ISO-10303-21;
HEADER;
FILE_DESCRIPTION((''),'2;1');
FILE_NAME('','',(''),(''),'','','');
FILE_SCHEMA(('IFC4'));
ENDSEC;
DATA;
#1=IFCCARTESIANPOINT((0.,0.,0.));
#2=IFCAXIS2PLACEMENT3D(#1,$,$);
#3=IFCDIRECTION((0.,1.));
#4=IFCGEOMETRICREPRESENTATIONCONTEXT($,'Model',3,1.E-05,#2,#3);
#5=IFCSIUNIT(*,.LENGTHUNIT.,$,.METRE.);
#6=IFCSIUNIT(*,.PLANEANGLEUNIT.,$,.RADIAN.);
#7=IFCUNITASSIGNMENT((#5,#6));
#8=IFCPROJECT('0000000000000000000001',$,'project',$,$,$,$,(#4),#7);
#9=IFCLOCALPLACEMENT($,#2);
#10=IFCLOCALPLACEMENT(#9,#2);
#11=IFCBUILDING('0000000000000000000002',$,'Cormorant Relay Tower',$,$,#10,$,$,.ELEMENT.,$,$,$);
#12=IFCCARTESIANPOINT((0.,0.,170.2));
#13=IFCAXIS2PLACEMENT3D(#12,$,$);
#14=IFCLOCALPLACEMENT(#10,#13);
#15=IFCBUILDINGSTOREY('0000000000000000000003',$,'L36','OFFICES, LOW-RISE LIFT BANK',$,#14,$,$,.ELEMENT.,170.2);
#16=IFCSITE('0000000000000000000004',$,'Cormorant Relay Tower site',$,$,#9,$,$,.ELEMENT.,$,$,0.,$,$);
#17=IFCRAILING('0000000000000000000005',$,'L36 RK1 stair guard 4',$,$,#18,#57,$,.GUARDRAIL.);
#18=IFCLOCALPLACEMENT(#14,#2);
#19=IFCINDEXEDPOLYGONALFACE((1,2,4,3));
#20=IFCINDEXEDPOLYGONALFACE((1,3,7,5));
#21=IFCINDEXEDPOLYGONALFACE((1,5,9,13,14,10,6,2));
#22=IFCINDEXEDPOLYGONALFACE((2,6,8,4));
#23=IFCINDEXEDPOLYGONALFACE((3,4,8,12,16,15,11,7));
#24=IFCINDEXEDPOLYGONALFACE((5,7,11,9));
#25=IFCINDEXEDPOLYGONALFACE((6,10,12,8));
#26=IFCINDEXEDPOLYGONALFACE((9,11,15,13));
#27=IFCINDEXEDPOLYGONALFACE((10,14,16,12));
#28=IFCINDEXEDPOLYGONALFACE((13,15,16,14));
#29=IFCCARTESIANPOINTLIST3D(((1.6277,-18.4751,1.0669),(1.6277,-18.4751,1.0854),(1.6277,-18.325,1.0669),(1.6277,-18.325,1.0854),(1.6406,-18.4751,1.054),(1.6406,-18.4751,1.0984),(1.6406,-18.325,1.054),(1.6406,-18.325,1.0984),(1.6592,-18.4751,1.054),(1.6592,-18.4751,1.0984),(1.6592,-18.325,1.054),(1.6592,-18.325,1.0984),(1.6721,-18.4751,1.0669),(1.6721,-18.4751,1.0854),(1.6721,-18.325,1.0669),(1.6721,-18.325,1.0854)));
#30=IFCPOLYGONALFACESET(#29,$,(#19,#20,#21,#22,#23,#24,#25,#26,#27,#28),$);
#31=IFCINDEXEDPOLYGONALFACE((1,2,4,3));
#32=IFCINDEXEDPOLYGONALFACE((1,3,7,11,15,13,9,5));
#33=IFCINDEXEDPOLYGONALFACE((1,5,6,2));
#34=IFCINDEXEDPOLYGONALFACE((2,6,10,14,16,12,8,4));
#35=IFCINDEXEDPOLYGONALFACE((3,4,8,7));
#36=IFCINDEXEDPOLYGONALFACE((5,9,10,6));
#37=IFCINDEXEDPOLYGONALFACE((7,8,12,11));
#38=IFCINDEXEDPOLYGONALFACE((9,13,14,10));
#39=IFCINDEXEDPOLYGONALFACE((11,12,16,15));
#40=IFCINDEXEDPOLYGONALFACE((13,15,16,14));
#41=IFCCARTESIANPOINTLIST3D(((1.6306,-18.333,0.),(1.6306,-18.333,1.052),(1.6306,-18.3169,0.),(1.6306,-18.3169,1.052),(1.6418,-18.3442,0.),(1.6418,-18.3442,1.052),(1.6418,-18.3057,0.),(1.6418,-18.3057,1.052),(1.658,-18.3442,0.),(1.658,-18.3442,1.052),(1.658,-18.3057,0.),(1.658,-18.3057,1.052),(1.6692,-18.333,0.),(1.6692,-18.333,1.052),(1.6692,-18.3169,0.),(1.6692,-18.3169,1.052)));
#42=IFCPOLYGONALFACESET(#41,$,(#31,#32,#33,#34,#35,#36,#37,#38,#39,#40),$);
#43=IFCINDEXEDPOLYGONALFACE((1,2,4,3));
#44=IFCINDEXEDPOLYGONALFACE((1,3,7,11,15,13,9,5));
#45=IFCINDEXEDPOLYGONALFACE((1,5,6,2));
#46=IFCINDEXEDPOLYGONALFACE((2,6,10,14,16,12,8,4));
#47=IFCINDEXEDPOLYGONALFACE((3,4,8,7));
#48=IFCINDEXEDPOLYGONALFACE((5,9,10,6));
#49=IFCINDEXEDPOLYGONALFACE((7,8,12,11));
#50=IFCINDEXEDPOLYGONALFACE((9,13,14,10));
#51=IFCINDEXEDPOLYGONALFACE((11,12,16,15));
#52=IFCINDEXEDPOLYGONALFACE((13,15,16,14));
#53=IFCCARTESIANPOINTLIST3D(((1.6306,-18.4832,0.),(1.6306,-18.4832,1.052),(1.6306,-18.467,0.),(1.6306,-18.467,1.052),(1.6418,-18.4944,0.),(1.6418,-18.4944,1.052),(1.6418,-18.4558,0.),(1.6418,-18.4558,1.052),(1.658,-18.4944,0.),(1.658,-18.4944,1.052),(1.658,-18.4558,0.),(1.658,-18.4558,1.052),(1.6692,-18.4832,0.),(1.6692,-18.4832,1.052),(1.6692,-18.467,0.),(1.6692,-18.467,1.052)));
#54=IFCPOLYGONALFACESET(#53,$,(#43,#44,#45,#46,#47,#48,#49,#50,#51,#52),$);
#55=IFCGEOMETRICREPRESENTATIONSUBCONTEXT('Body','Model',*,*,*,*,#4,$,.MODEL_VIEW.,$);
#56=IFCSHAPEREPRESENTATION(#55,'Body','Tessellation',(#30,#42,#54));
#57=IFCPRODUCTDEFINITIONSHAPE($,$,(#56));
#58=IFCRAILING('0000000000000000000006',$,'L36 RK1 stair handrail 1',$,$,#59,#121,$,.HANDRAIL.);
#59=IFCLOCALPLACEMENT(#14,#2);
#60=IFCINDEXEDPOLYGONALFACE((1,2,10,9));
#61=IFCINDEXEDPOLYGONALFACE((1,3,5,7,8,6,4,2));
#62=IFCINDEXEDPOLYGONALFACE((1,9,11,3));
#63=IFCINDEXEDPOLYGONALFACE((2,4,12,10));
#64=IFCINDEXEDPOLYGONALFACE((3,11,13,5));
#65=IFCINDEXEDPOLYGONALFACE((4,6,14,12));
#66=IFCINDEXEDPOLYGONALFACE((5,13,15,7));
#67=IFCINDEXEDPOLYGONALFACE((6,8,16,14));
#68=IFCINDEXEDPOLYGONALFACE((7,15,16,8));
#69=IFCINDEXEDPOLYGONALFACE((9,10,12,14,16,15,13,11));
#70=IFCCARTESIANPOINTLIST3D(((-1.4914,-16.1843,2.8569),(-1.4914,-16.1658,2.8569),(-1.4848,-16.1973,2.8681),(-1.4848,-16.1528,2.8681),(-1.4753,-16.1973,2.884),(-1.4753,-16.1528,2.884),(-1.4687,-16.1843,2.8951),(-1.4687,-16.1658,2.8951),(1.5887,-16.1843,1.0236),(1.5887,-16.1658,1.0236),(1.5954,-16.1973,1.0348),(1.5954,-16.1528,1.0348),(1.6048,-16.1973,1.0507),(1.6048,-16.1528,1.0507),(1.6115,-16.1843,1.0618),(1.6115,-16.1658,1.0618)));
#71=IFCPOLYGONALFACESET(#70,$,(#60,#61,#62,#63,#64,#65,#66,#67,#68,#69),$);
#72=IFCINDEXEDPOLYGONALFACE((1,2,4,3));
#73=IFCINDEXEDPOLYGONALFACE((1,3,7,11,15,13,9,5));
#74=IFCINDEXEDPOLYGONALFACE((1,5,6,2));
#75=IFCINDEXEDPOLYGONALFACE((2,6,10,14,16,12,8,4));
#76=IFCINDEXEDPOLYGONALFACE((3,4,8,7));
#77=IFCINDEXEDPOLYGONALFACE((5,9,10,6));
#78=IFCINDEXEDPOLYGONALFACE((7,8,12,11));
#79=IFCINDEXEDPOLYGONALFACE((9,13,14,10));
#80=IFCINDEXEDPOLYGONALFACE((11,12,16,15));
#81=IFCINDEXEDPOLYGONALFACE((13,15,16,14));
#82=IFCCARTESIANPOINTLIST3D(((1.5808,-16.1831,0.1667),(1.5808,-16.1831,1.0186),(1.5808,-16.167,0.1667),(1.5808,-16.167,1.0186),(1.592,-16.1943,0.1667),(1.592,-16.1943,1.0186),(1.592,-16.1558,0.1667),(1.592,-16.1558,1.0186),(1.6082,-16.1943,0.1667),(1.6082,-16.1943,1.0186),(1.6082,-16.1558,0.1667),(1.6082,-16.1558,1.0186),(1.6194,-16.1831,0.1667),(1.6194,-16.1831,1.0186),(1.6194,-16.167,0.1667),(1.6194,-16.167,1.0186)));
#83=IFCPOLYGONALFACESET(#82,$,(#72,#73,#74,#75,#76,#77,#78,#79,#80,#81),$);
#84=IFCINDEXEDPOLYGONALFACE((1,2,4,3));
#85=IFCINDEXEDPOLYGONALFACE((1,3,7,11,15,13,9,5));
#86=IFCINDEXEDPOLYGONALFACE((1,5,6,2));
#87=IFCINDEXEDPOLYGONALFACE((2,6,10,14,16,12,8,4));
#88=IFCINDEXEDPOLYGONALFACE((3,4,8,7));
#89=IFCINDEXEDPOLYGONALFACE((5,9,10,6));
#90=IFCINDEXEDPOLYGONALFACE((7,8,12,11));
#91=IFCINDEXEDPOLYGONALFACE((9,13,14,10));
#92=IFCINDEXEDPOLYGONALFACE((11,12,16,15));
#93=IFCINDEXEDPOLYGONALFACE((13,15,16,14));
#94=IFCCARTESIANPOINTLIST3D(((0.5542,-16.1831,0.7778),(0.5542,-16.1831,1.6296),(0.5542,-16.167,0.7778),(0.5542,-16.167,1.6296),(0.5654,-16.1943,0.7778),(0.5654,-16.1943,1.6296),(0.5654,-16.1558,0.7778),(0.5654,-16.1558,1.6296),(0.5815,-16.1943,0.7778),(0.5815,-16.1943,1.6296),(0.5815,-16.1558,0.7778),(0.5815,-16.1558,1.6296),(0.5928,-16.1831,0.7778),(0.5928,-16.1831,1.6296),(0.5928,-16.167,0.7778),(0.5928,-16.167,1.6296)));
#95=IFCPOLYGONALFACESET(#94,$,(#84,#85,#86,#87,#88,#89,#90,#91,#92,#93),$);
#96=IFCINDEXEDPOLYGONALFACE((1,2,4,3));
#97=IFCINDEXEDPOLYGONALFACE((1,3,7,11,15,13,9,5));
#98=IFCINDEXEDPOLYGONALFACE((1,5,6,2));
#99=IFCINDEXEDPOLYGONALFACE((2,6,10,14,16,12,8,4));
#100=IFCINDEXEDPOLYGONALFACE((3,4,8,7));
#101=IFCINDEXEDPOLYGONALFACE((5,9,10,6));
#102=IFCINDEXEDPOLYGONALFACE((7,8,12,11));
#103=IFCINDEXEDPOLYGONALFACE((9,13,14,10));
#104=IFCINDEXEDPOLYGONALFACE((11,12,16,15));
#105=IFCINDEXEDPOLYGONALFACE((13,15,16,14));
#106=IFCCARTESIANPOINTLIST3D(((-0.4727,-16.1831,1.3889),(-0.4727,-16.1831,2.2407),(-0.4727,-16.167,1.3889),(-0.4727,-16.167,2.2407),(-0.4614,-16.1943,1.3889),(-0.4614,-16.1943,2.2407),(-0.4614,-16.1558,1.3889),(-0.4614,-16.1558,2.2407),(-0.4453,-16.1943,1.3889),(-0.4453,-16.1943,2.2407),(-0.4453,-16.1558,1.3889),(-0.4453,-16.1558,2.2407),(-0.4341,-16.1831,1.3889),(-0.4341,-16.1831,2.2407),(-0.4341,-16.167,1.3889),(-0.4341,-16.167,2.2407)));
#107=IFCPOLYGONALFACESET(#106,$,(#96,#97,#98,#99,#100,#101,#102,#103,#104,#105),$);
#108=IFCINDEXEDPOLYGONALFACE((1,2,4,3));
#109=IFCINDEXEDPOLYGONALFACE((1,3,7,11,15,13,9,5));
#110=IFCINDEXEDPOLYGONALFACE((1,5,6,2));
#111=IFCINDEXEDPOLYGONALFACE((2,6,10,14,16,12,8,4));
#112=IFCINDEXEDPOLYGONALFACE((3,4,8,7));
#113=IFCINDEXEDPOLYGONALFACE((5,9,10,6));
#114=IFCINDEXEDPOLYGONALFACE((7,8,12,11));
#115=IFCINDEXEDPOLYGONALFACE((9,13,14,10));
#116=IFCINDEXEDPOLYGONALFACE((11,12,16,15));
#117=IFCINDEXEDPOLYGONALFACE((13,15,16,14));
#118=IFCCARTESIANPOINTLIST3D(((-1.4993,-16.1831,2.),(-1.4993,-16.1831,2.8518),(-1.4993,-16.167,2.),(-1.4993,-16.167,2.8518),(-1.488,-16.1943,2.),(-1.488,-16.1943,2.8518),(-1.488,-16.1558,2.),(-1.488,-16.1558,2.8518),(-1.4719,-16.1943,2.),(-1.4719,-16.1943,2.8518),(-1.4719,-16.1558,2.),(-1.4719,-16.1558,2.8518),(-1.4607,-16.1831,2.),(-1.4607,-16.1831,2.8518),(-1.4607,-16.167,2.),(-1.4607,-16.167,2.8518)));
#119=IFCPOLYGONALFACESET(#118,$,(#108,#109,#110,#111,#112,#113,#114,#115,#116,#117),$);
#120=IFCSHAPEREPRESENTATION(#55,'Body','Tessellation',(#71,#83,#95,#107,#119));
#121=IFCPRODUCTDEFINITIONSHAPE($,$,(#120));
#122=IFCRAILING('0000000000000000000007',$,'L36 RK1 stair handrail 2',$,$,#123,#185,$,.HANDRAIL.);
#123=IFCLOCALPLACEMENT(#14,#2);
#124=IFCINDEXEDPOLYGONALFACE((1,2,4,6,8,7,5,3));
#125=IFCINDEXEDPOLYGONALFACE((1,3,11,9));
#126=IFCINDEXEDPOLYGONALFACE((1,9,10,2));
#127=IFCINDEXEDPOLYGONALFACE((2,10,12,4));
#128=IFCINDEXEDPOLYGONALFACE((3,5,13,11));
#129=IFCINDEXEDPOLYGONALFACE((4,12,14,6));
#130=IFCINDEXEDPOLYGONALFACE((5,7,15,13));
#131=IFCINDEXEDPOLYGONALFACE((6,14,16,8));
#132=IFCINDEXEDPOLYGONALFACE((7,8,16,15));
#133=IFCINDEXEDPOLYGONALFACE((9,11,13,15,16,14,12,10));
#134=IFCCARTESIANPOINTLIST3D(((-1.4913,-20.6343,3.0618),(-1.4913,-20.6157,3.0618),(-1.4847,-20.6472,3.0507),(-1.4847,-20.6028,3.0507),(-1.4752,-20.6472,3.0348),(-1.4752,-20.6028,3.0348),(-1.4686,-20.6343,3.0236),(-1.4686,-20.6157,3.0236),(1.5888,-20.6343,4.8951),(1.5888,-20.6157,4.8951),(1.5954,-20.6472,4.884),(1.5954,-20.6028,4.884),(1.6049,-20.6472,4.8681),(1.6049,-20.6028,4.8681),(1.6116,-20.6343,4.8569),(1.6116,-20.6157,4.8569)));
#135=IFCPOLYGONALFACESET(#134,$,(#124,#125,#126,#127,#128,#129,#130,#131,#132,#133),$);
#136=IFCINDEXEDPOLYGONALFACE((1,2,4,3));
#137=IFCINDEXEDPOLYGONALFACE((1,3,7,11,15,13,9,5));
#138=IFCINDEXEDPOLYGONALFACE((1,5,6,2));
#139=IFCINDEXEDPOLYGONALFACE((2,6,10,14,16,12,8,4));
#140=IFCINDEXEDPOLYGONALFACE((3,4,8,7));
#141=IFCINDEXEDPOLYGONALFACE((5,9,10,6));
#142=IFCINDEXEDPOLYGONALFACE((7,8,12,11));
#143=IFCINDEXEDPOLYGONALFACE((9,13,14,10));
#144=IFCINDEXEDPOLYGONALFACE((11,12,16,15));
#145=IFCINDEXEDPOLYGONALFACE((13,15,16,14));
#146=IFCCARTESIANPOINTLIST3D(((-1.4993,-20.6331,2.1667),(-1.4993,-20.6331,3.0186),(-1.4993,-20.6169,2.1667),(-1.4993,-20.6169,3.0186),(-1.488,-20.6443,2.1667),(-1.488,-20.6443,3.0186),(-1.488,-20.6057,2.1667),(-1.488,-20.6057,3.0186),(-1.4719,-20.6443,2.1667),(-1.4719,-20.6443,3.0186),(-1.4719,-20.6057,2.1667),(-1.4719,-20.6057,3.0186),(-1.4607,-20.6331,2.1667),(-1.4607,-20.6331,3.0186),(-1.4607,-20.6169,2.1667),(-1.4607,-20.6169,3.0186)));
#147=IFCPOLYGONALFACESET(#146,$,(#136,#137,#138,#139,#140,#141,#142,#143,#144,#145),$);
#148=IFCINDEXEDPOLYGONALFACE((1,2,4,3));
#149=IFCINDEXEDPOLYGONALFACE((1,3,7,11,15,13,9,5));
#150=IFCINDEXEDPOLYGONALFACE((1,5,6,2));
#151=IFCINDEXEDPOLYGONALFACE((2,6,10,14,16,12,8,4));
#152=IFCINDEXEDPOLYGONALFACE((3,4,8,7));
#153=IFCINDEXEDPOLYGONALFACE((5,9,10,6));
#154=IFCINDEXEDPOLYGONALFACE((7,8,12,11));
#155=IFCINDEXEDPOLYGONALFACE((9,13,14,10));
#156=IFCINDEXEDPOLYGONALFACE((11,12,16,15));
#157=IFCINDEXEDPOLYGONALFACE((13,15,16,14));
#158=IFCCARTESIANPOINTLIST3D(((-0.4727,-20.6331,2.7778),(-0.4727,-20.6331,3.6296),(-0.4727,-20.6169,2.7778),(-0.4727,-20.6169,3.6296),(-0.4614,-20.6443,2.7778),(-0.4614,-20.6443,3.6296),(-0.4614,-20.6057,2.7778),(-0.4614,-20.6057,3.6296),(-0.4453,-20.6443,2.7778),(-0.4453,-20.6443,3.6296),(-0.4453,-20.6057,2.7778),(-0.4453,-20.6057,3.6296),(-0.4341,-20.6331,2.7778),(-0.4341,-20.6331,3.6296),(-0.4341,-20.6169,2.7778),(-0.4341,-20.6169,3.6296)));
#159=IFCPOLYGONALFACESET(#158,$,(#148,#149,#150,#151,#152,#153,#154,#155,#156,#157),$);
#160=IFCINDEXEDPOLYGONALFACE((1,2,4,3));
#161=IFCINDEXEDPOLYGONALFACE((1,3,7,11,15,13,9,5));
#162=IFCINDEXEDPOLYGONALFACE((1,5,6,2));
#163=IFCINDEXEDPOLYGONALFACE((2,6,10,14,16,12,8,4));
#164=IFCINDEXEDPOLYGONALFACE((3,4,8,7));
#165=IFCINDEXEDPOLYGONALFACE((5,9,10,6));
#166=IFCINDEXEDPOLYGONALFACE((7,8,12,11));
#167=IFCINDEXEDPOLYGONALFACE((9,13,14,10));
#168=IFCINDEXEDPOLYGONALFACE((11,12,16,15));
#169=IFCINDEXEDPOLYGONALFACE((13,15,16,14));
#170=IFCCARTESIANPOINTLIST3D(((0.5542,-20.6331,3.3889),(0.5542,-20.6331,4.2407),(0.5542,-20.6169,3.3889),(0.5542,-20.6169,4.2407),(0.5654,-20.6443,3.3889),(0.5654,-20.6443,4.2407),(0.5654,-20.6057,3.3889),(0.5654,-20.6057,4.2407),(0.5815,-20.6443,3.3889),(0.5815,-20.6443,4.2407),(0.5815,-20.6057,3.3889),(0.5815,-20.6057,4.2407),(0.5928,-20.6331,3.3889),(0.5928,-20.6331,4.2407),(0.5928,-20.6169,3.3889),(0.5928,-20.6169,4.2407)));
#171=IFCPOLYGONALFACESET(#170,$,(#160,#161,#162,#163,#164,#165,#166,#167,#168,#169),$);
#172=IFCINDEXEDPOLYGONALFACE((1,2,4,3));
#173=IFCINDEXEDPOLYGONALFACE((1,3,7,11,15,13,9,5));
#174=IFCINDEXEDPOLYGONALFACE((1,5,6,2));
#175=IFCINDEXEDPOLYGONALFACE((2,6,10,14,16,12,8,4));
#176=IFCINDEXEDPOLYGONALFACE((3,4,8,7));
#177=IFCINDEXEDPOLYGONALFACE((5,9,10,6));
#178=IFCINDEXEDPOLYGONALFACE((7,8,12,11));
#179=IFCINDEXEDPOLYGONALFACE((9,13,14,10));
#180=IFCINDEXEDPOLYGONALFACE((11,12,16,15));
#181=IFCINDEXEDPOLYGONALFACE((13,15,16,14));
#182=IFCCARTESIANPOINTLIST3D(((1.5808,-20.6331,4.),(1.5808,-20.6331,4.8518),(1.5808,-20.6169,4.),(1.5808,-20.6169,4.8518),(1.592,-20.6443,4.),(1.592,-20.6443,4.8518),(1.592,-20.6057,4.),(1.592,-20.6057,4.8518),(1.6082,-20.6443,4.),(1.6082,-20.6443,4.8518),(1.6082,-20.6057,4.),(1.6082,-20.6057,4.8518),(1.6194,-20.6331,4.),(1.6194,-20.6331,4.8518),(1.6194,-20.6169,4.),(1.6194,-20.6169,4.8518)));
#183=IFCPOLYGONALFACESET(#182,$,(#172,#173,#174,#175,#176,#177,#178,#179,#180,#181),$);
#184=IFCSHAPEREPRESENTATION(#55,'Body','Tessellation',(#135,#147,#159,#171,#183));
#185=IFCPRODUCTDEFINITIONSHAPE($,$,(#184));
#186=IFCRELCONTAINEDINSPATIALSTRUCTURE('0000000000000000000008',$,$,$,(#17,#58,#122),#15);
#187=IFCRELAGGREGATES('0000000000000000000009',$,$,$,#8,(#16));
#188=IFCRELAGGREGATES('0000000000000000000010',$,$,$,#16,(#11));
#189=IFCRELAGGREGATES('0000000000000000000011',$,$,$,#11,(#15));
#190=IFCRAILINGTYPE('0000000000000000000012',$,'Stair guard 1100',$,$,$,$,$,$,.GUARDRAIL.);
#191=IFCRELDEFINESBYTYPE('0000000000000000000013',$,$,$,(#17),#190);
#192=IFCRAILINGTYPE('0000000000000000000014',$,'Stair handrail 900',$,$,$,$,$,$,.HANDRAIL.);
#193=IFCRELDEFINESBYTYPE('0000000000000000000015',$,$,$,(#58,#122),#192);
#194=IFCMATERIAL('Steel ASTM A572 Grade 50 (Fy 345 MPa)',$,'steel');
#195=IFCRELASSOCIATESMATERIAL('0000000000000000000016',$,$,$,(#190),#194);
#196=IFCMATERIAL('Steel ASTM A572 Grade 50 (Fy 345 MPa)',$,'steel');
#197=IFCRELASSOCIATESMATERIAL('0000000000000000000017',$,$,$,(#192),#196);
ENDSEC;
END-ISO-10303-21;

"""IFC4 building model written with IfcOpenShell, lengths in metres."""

from ifc_helpers import new_model, si_unit, direction, frame, origin, place, context, subcontext, project, spatial, polyline, outline, extrude, material, type_object, element, save


model = new_model("IFC4")

# Units and contexts
model_context = context("Model", 3, precision=1e-05, world=origin(), true_north=direction((0.0, 1.0)))
body_context = subcontext(model_context, "Body", "Model", "MODEL_VIEW")
ifc_project = project(units=[si_unit("LENGTHUNIT", "METRE"), si_unit("PLANEANGLEUNIT", "RADIAN")], contexts=[model_context])

# Site, building, storey
site_placement = place(None, origin())
site = spatial("IfcSite", under=ifc_project, at=site_placement, Name="Cormorant Relay Tower site", CompositionType="ELEMENT", RefElevation=0.0)
building_placement = place(site_placement, origin())
building = spatial("IfcBuilding", under=site, at=building_placement, Name="Cormorant Relay Tower", CompositionType="ELEMENT")
storey_placement = place(building_placement, frame((0.0, 0.0, 170.2)))
storey = spatial("IfcBuildingStorey", under=building, at=storey_placement, Name="L36", Description="OFFICES, LOW-RISE LIFT BANK", CompositionType="ELEMENT", Elevation=170.2)

# Railings
ifc_material_1 = material(Name="Steel ASTM A572 Grade 50 (Fy 345 MPa)", Category="steel")
railing_type_1 = type_object("IfcRailingType", Name="Stair guard 1100", PredefinedType="GUARDRAIL", material=ifc_material_1)
railing_1_placement = place(storey_placement, frame((1.6499, -18.325, 0.0)))
element("IfcRailing", 1, at=railing_1_placement, inside=storey, type_object=railing_type_1, Name="L36 RK1 stair guard 4", PredefinedType="GUARDRAIL", context=body_context, shape_type="SweptSolid", body=[
    extrude(outline(polyline([(0.0222, 0.0093), (0.0093, 0.0222), (-0.0093, 0.0222), (-0.0222, 0.0093), (-0.0222, -0.0093), (-0.0093, -0.0222), (0.0093, -0.0222), (0.0222, -0.0093), (0.0222, 0.0093)])), frame((0.0, 0.0, 1.0762), z_axis=(0.0, -1.0, 0.0), x_axis=(1.0, 0.0, 0.0)), (0.0, 0.0, 1.0), 0.1501),
    extrude(outline(polyline([(0.0193, 0.0081), (0.0081, 0.0193), (-0.0081, 0.0193), (-0.0193, 0.0081), (-0.0193, -0.0081), (-0.0081, -0.0193), (0.0081, -0.0193), (0.0193, -0.0081), (0.0193, 0.0081)])), origin(), (0.0, 0.0, 1.0), 1.052),
    extrude(outline(polyline([(0.0193, 0.0081), (0.0081, 0.0193), (-0.0081, 0.0193), (-0.0193, 0.0081), (-0.0193, -0.0081), (-0.0081, -0.0193), (0.0081, -0.0193), (0.0193, -0.0081), (0.0193, 0.0081)])), frame((0.0, -0.1501, 0.0)), (0.0, 0.0, 1.0), 1.052),
])
ifc_material_2 = material(Name="Steel ASTM A572 Grade 50 (Fy 345 MPa)", Category="steel")
railing_type_2 = type_object("IfcRailingType", Name="Stair handrail 900", PredefinedType="HANDRAIL", material=ifc_material_2)
railing_2_placement = place(storey_placement, frame((1.6001, -16.175, 0.1667)))
element("IfcRailing", 2, at=railing_2_placement, inside=storey, type_object=railing_type_2, Name="L36 RK1 stair handrail 1", PredefinedType="HANDRAIL", context=body_context, shape_type="SweptSolid", body=[
    extrude(outline(polyline([(0.0222, 0.0093), (0.0093, 0.0222), (-0.0093, 0.0222), (-0.0222, 0.0093), (-0.0222, -0.0093), (-0.0093, -0.0222), (0.0093, -0.0222), (0.0222, -0.0093), (0.0222, 0.0093)])), frame((0.0, 0.0, 0.876), z_axis=(-0.859309, 0.0, 0.511458), x_axis=(0.0, -1.0, 0.0)), (0.0, 0.0, 1.0), 3.5845),
    extrude(outline(polyline([(0.0193, 0.0081), (0.0081, 0.0193), (-0.0081, 0.0193), (-0.0193, 0.0081), (-0.0193, -0.0081), (-0.0081, -0.0193), (0.0081, -0.0193), (0.0193, -0.0081), (0.0193, 0.0081)])), origin(), (0.0, 0.0, 1.0), 0.8518),
    extrude(outline(polyline([(0.0193, 0.0081), (0.0081, 0.0193), (-0.0081, 0.0193), (-0.0193, 0.0081), (-0.0193, -0.0081), (-0.0081, -0.0193), (0.0081, -0.0193), (0.0193, -0.0081), (0.0193, 0.0081)])), frame((-1.0266, 0.0, 0.6111)), (0.0, 0.0, 1.0), 0.8518),
    extrude(outline(polyline([(0.0193, 0.0081), (0.0081, 0.0193), (-0.0081, 0.0193), (-0.0193, 0.0081), (-0.0193, -0.0081), (-0.0081, -0.0193), (0.0081, -0.0193), (0.0193, -0.0081), (0.0193, 0.0081)])), frame((-2.0535, 0.0, 1.2222)), (0.0, 0.0, 1.0), 0.8518),
    extrude(outline(polyline([(0.0193, 0.0081), (0.0081, 0.0193), (-0.0081, 0.0193), (-0.0193, 0.0081), (-0.0193, -0.0081), (-0.0081, -0.0193), (0.0081, -0.0193), (0.0193, -0.0081), (0.0193, 0.0081)])), frame((-3.0801, 0.0, 1.8333)), (0.0, 0.0, 1.0), 0.8518),
])
railing_3_placement = place(storey_placement, frame((-1.48, -20.625, 2.1667)))
element("IfcRailing", 3, at=railing_3_placement, inside=storey, type_object=railing_type_2, Name="L36 RK1 stair handrail 2", PredefinedType="HANDRAIL", context=body_context, shape_type="SweptSolid", body=[
    extrude(outline(polyline([(0.0222, 0.0093), (0.0093, 0.0222), (-0.0093, 0.0222), (-0.0222, 0.0093), (-0.0222, -0.0093), (-0.0093, -0.0222), (0.0093, -0.0222), (0.0222, -0.0093), (0.0222, 0.0093)])), frame((0.0, 0.0, 0.876), z_axis=(0.859309, 0.0, 0.511458), x_axis=(0.0, 1.0, 0.0)), (0.0, 0.0, 1.0), 3.5845),
    extrude(outline(polyline([(0.0193, 0.0081), (0.0081, 0.0193), (-0.0081, 0.0193), (-0.0193, 0.0081), (-0.0193, -0.0081), (-0.0081, -0.0193), (0.0081, -0.0193), (0.0193, -0.0081), (0.0193, 0.0081)])), origin(), (0.0, 0.0, 1.0), 0.8518),
    extrude(outline(polyline([(0.0193, 0.0081), (0.0081, 0.0193), (-0.0081, 0.0193), (-0.0193, 0.0081), (-0.0193, -0.0081), (-0.0081, -0.0193), (0.0081, -0.0193), (0.0193, -0.0081), (0.0193, 0.0081)])), frame((1.0266, 0.0, 0.6111)), (0.0, 0.0, 1.0), 0.8518),
    extrude(outline(polyline([(0.0193, 0.0081), (0.0081, 0.0193), (-0.0081, 0.0193), (-0.0193, 0.0081), (-0.0193, -0.0081), (-0.0081, -0.0193), (0.0081, -0.0193), (0.0193, -0.0081), (0.0193, 0.0081)])), frame((2.0535, 0.0, 1.2222)), (0.0, 0.0, 1.0), 0.8518),
    extrude(outline(polyline([(0.0193, 0.0081), (0.0081, 0.0193), (-0.0081, 0.0193), (-0.0193, 0.0081), (-0.0193, -0.0081), (-0.0081, -0.0193), (0.0081, -0.0193), (0.0193, -0.0081), (0.0193, 0.0081)])), frame((3.0801, 0.0, 1.8333)), (0.0, 0.0, 1.0), 0.8518),
])

save(model, "model.ifc")
